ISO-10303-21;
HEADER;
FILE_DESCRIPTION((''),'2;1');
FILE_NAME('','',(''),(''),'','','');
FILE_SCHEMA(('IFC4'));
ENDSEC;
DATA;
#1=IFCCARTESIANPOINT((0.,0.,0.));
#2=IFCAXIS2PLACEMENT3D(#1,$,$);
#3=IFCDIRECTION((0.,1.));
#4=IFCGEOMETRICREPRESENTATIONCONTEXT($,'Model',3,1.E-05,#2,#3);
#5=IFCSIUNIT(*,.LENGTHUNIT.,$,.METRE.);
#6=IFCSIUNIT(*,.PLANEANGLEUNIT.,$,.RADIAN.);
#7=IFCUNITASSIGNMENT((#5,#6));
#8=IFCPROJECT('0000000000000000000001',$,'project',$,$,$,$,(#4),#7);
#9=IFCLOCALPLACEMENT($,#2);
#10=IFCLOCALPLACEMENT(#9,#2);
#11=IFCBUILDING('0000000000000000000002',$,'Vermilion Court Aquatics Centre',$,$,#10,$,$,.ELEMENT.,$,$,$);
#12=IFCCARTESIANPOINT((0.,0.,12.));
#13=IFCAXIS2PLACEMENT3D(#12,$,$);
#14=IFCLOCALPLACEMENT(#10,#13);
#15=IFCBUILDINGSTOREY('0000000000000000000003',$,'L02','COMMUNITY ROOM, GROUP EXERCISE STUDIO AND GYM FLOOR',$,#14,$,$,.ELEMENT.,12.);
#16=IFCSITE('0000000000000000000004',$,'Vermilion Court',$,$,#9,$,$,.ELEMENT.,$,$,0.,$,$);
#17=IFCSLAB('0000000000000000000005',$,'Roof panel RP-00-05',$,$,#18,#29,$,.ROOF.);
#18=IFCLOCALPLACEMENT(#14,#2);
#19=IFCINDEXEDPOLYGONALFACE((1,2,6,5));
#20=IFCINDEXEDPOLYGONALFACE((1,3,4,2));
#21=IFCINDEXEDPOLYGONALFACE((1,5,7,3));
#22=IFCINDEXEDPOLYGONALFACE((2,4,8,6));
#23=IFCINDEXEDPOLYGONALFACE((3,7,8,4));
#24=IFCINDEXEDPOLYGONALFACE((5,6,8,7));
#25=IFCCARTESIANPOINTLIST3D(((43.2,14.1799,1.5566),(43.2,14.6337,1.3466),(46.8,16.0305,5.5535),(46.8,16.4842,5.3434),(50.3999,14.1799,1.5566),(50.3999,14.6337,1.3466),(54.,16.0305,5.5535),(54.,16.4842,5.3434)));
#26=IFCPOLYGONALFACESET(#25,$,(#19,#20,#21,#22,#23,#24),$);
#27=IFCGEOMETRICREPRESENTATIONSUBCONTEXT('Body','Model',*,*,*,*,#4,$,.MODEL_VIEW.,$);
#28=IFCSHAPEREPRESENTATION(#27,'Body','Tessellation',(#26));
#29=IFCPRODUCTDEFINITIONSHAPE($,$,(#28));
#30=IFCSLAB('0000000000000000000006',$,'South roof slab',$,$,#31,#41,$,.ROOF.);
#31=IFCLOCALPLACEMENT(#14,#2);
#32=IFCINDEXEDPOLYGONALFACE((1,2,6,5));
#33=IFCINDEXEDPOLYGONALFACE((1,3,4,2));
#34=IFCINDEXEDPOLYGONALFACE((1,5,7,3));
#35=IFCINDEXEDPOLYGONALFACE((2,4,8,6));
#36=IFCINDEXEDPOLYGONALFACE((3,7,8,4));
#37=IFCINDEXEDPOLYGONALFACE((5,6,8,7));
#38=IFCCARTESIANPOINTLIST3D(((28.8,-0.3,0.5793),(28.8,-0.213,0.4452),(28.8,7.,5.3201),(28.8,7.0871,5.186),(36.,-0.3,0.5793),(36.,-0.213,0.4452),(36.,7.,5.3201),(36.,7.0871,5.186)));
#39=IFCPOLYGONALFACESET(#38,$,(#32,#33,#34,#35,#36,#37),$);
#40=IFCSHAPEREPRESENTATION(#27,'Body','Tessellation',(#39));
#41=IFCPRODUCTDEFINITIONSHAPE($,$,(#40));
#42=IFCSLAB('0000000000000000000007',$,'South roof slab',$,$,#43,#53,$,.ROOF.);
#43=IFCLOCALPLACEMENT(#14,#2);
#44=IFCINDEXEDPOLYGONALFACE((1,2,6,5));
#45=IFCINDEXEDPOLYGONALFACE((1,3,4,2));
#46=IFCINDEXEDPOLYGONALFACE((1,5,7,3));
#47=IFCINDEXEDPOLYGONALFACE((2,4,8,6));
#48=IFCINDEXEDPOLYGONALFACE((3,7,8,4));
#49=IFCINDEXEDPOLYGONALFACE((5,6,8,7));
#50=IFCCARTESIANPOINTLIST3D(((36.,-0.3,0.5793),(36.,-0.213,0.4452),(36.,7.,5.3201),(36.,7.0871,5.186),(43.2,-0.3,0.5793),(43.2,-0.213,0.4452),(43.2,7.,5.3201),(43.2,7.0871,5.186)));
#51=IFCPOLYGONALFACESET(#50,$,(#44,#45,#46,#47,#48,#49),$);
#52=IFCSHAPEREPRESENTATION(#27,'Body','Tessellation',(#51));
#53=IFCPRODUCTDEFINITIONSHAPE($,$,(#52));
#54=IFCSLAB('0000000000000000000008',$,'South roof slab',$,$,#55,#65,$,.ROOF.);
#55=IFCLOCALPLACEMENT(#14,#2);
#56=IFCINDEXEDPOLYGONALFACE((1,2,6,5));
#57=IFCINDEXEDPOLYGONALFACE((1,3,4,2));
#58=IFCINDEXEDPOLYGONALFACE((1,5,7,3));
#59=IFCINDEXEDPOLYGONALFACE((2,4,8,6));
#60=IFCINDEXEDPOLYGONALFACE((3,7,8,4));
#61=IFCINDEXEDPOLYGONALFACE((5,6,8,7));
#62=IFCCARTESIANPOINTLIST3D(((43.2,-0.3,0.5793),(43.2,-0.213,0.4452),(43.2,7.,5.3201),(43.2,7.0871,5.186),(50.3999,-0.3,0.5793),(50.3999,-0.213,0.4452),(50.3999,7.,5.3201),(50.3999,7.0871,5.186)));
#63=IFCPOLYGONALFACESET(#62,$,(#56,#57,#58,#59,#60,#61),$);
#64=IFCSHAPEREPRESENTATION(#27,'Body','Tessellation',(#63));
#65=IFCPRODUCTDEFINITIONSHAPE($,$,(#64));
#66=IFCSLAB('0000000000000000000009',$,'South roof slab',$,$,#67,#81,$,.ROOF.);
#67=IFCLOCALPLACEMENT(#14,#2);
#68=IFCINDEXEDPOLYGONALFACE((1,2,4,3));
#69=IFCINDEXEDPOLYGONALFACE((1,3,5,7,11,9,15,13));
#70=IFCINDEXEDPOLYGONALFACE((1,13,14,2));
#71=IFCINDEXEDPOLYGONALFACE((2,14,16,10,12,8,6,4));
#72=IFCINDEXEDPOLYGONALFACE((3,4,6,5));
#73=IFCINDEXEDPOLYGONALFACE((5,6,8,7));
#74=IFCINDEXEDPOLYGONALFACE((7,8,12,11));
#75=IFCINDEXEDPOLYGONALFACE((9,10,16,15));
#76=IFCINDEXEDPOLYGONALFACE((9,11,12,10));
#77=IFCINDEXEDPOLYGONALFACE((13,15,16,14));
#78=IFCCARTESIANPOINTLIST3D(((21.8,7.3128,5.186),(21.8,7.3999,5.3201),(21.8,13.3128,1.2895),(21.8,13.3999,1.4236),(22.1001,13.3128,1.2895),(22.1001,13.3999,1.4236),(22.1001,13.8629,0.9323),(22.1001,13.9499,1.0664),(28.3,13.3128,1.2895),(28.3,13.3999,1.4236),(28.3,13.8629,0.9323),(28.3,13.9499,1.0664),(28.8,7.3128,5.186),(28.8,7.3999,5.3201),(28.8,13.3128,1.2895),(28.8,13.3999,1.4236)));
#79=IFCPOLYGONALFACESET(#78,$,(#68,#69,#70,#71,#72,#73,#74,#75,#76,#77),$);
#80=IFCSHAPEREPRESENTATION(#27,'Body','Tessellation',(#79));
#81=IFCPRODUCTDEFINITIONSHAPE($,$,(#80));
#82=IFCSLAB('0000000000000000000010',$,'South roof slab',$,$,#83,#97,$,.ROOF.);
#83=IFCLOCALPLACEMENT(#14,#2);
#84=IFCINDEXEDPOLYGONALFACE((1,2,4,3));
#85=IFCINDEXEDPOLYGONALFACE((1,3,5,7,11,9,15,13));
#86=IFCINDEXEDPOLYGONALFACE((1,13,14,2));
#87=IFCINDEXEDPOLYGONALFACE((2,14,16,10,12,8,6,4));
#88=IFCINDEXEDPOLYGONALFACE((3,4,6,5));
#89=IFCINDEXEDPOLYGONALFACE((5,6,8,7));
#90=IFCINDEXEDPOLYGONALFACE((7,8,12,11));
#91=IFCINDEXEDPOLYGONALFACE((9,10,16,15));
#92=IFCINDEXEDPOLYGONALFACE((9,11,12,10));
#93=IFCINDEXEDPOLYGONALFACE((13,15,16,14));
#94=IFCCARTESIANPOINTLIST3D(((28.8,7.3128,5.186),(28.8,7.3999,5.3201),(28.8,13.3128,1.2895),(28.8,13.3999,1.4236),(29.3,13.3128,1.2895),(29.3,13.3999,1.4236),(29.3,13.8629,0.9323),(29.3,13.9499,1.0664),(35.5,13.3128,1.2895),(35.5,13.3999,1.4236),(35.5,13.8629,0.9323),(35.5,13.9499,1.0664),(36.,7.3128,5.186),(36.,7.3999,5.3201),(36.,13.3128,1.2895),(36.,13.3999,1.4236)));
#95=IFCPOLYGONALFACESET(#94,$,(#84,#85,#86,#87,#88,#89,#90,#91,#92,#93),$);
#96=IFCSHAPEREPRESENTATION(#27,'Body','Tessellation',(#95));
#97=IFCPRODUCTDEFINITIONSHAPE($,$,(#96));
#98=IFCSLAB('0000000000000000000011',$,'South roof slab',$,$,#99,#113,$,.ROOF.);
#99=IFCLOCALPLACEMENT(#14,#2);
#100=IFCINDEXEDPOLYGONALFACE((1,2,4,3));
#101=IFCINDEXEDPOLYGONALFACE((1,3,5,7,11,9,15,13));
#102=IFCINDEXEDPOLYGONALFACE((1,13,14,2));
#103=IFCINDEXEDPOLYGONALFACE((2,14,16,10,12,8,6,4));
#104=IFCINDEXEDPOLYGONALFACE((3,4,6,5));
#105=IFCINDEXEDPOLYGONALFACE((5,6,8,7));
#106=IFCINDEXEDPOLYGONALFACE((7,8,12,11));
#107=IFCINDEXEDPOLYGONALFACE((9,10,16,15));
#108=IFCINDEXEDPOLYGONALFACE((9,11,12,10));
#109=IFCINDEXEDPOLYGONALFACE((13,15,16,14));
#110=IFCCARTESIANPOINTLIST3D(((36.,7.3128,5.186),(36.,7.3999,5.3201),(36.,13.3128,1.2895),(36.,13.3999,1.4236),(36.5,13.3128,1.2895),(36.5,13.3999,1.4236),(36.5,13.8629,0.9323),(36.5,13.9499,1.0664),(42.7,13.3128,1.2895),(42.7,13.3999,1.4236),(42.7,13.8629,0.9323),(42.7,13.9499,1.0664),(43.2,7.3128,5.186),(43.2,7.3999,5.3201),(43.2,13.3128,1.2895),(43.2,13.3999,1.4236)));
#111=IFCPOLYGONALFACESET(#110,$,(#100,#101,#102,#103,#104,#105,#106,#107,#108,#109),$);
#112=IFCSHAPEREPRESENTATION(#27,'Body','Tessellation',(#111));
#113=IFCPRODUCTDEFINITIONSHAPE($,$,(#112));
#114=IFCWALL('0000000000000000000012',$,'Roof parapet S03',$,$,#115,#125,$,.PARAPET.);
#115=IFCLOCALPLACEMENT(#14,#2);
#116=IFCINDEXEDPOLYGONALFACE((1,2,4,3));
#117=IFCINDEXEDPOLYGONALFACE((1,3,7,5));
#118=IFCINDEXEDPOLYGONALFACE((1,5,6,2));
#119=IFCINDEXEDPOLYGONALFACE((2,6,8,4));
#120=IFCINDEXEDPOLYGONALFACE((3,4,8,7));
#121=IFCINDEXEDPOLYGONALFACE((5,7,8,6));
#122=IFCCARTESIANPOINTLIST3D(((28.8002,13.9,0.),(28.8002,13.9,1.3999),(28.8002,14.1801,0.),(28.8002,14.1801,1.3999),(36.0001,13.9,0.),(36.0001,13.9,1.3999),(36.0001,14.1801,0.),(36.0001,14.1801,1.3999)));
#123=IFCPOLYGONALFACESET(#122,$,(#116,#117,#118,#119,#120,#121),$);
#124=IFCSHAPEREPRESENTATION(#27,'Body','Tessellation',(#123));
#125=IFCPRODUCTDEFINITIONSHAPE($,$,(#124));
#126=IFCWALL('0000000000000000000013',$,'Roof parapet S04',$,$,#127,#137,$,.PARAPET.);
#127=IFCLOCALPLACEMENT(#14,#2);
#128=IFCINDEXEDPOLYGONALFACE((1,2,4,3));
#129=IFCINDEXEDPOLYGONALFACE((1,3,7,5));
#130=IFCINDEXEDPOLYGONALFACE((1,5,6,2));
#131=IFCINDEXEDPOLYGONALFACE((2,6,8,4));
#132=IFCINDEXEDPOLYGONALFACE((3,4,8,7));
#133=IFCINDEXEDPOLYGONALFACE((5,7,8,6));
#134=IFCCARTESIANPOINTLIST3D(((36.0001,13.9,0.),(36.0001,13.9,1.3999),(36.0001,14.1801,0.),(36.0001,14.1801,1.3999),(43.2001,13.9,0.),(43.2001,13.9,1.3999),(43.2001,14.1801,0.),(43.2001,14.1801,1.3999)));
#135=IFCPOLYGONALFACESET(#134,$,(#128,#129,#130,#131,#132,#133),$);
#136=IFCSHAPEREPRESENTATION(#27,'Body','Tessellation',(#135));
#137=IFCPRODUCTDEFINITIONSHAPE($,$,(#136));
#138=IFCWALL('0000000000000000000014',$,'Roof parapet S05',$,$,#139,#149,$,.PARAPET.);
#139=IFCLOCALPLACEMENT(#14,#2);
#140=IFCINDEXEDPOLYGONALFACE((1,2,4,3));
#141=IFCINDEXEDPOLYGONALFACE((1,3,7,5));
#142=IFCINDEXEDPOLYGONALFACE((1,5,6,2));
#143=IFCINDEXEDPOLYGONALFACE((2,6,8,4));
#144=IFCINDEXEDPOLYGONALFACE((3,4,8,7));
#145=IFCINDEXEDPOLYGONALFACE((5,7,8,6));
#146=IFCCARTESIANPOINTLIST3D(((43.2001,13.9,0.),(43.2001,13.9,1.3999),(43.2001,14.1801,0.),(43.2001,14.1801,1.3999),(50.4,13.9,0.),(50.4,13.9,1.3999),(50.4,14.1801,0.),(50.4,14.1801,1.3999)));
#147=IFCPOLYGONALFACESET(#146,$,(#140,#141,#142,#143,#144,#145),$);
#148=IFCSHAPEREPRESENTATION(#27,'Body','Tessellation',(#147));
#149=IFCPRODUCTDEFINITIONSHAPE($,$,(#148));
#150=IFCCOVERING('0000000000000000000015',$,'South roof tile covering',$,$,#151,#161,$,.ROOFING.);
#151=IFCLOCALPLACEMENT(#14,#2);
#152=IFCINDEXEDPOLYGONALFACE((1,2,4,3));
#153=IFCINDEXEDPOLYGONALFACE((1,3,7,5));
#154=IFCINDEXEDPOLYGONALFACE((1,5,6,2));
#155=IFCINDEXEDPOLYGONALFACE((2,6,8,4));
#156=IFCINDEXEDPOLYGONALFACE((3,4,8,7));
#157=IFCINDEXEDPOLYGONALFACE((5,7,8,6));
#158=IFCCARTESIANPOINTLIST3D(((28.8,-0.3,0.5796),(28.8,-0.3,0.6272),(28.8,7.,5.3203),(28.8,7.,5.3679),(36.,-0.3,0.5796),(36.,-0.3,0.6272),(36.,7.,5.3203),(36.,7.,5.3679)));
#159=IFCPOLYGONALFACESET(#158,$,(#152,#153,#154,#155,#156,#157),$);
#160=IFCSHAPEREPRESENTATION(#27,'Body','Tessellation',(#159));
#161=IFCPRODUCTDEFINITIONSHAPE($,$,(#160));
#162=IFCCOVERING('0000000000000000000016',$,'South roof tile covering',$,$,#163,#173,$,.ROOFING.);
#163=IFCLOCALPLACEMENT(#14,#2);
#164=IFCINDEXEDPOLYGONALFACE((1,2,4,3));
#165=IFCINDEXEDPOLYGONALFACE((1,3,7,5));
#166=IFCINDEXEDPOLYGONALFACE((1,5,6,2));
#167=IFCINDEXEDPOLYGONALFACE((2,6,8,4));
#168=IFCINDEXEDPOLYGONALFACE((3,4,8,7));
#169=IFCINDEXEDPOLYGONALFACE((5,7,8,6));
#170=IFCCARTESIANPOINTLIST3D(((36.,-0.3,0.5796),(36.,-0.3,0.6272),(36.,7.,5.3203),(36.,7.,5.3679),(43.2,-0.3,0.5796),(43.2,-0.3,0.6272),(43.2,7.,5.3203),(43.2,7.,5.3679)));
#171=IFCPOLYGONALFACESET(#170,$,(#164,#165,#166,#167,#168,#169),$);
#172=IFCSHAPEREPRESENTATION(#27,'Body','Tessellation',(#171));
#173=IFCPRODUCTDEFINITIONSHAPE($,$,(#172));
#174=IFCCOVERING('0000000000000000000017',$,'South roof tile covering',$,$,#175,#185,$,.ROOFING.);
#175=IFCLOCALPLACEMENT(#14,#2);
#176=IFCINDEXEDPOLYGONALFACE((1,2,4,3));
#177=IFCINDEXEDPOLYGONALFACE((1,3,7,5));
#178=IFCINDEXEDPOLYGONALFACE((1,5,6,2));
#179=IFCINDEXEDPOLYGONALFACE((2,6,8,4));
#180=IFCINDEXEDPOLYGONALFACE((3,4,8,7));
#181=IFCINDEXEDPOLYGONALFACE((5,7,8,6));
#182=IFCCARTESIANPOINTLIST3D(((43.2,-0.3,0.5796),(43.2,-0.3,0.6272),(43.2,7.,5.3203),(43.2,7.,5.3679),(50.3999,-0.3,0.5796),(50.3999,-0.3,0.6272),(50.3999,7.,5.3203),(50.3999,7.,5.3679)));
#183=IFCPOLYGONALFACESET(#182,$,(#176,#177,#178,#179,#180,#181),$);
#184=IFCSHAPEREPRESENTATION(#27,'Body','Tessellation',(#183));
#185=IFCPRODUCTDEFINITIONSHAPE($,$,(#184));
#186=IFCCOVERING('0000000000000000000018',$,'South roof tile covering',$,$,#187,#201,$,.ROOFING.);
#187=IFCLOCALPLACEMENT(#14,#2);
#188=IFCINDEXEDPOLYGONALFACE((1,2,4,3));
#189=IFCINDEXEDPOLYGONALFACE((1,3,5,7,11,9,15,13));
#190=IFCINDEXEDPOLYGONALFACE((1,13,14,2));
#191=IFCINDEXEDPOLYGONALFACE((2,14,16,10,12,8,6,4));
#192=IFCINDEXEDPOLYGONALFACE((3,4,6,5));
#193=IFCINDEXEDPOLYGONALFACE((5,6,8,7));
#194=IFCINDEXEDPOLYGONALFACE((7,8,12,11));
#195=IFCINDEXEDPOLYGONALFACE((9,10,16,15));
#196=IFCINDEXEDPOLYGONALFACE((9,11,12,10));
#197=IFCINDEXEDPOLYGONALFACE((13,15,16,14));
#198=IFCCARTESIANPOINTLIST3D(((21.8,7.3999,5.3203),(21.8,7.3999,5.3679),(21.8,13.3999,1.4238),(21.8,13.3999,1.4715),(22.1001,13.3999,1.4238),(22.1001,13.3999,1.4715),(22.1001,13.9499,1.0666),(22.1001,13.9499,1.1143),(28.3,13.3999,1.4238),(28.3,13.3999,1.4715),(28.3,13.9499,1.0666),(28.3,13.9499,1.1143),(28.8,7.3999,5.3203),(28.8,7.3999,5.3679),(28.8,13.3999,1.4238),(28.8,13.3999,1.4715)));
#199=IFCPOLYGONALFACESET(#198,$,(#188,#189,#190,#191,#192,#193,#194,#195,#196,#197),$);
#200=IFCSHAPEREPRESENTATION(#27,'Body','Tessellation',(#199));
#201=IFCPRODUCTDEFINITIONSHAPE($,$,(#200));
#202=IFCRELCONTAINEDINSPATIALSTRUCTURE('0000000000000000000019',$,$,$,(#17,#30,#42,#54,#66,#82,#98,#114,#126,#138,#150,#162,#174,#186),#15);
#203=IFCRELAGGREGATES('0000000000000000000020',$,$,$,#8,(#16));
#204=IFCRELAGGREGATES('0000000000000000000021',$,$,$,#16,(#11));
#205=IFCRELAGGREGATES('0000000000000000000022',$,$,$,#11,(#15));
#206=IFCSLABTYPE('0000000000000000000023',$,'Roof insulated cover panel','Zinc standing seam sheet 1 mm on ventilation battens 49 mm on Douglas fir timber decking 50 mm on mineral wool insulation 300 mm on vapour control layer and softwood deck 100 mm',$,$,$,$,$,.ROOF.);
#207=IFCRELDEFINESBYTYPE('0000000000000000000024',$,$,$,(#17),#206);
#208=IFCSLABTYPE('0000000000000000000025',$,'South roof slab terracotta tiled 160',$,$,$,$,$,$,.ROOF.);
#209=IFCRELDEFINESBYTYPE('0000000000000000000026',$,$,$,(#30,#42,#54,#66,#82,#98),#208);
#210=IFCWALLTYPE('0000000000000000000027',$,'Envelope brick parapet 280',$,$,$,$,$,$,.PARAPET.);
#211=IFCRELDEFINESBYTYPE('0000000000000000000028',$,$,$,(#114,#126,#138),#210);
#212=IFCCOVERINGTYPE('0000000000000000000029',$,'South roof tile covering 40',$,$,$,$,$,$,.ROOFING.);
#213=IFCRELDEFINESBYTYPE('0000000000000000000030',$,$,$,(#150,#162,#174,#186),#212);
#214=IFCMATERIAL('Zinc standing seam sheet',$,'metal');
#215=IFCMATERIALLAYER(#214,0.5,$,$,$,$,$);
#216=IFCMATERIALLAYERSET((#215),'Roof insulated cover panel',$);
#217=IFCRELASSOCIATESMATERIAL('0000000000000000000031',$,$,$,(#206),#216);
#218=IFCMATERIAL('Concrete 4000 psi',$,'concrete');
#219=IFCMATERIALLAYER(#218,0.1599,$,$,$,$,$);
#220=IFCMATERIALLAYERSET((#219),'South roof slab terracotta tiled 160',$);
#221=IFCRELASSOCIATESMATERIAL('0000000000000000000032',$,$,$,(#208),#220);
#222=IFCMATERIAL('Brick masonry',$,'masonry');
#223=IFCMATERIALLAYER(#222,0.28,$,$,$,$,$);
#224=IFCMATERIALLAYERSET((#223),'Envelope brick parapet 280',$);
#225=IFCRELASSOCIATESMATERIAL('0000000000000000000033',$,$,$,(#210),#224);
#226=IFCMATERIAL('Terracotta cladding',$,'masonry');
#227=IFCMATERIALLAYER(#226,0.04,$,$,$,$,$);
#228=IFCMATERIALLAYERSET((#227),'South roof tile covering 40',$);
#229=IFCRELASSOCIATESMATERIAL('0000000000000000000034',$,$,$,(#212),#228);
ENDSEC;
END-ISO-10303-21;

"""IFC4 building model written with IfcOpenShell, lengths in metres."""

from ifc_helpers import new_model, si_unit, direction, frame, frame_2d, origin, place, context, subcontext, project, spatial, polyline, rectangle, outline, extrude, material, layer, layer_set, type_object, element, save


model = new_model("IFC4")

# Units and contexts
model_context = context("Model", 3, precision=1e-05, world=origin(), true_north=direction((0.0, 1.0)))
body_context = subcontext(model_context, "Body", "Model", "MODEL_VIEW")
ifc_project = project(units=[si_unit("LENGTHUNIT", "METRE"), si_unit("PLANEANGLEUNIT", "RADIAN")], contexts=[model_context])

# Site, building, storey
site_placement = place(None, origin())
site = spatial("IfcSite", under=ifc_project, at=site_placement, Name="Vermilion Court", CompositionType="ELEMENT", RefElevation=0.0)
building_placement = place(site_placement, origin())
building = spatial("IfcBuilding", under=site, at=building_placement, Name="Vermilion Court Aquatics Centre", CompositionType="ELEMENT")
storey_placement = place(building_placement, frame((0.0, 0.0, 12.0)))
storey = spatial("IfcBuildingStorey", under=building, at=storey_placement, Name="L02", Description="COMMUNITY ROOM, GROUP EXERCISE STUDIO AND GYM FLOOR", CompositionType="ELEMENT", Elevation=12.0)

# Slabs
ifc_material_1 = material(Name="Zinc standing seam sheet", Category="metal")
ifc_layer_1 = layer(ifc_material_1, 0.5)
ifc_layer_set_1 = layer_set([ifc_layer_1], Name="Roof insulated cover panel")
slab_type_1 = type_object("IfcSlabType", Name="Roof insulated cover panel", Description="Zinc standing seam sheet 1 mm on ventilation battens 49 mm on Douglas fir timber decking 50 mm on mineral wool insulation 300 mm on vapour control layer and softwood deck 100 mm", PredefinedType="ROOF", material=ifc_layer_set_1)
for number, where, z_axis, x_axis, name in (
    (1, (43.2, 14.1799, 1.5566), (0.0, -0.907449, 0.420162), (1.0, 0.0, 0.0), "Roof panel RP-00-05"),
):
    element("IfcSlab", number, at=place(storey_placement, frame(where, z_axis=z_axis, x_axis=x_axis)), inside=storey, type_object=slab_type_1, Name=name, PredefinedType="ROOF", context=body_context, shape_type="SweptSolid", body=[
        extrude(outline(polyline([(0.0, 0.0), (7.2, 0.0), (10.8, 4.4045), (3.6001, 4.4045), (0.0, 0.0)])), origin(), (0.0, 0.0, -1.0), 0.5),
    ])
ifc_material_2 = material(Name="Concrete 4000 psi", Category="concrete")
ifc_layer_2 = layer(ifc_material_2, 0.1599)
ifc_layer_set_2 = layer_set([ifc_layer_2], Name="South roof slab terracotta tiled 160")
slab_type_2 = type_object("IfcSlabType", Name="South roof slab terracotta tiled 160", PredefinedType="ROOF", material=ifc_layer_set_2)
for number, where, z_axis, x_axis, name in (
    (2, (28.8, -0.3, 0.5793), (0.0, -0.54464, 0.83867), (0.0, 0.83867, 0.54464), "South roof slab"),
    (3, (36.0, -0.3, 0.5793), (0.0, -0.54464, 0.83867), (0.0, 0.83867, 0.54464), "South roof slab"),
    (4, (43.2, -0.3, 0.5793), (0.0, -0.54464, 0.83867), (0.0, 0.83867, 0.54464), "South roof slab"),
):
    element("IfcSlab", number, at=place(storey_placement, frame(where, z_axis=z_axis, x_axis=x_axis)), inside=storey, type_object=slab_type_2, Name=name, PredefinedType="ROOF", context=body_context, shape_type="SweptSolid", body=[
        extrude(outline(polyline([(0.0, 0.0), (8.7043, 0.0), (8.7043, -7.2), (0.0, -7.2), (0.0, 0.0)])), origin(), (0.0, 0.0, -1.0), 0.1599),
    ])
slab_1_placement = place(storey_placement, frame((28.8, 7.3999, 5.3201), z_axis=(0.0, 0.54464, 0.83867), x_axis=(-1.0, 0.0, 0.0)))
element("IfcSlab", 5, at=slab_1_placement, inside=storey, type_object=slab_type_2, Name="South roof slab", PredefinedType="ROOF", context=body_context, shape_type="SweptSolid", body=[
    extrude(outline(polyline([(0.0, 0.0), (7.0, 0.0), (7.0, -7.1542), (6.7, -7.1542), (6.7, -7.81), (0.5, -7.81), (0.5, -7.1542), (0.0, -7.1542), (0.0, 0.0)])), origin(), (0.0, 0.0, -1.0), 0.1599),
])
for number, where, z_axis, x_axis, name in (
    (6, (36.0, 7.3999, 5.3201), (0.0, 0.54464, 0.83867), (-1.0, 0.0, 0.0), "South roof slab"),
    (7, (43.2, 7.3999, 5.3201), (0.0, 0.54464, 0.83867), (-1.0, 0.0, 0.0), "South roof slab"),
):
    element("IfcSlab", number, at=place(storey_placement, frame(where, z_axis=z_axis, x_axis=x_axis)), inside=storey, type_object=slab_type_2, Name=name, PredefinedType="ROOF", context=body_context, shape_type="SweptSolid", body=[
        extrude(outline(polyline([(0.0, 0.0), (7.2, 0.0), (7.2, -7.1542), (6.7, -7.1542), (6.7, -7.81), (0.5, -7.81), (0.5, -7.1542), (0.0, -7.1542), (0.0, 0.0)])), origin(), (0.0, 0.0, -1.0), 0.1599),
    ])

# Walls
ifc_material_3 = material(Name="Brick masonry", Category="masonry")
ifc_layer_3 = layer(ifc_material_3, 0.28)
ifc_layer_set_3 = layer_set([ifc_layer_3], Name="Envelope brick parapet 280")
wall_type = type_object("IfcWallType", Name="Envelope brick parapet 280", PredefinedType="PARAPET", material=ifc_layer_set_3)
for number, where, z_axis, x_axis, name in (
    (8, (28.8, 14.04, 0.0), (0.0, 0.0, 1.0), (1.0, 0.0, 0.0), "Roof parapet S03"),
    (9, (36.0, 14.04, 0.0), (0.0, 0.0, 1.0), (1.0, 0.0, 0.0), "Roof parapet S04"),
    (10, (43.2, 14.04, 0.0), (0.0, 0.0, 1.0), (1.0, 0.0, 0.0), "Roof parapet S05"),
):
    element("IfcWall", number, at=place(storey_placement, frame(where, z_axis=z_axis, x_axis=x_axis)), inside=storey, type_object=wall_type, Name=name, PredefinedType="PARAPET", context=body_context, shape_type="SweptSolid", body=[
        extrude(rectangle(XDim=7.2, YDim=0.28, at=frame_2d((3.6001, 0.0))), origin(), (0.0, 0.0, 1.0), 1.3999),
    ])

# Coverings
ifc_material_4 = material(Name="Terracotta cladding", Category="masonry")
ifc_layer_4 = layer(ifc_material_4, 0.04)
ifc_layer_set_4 = layer_set([ifc_layer_4], Name="South roof tile covering 40")
covering_type = type_object("IfcCoveringType", Name="South roof tile covering 40", PredefinedType="ROOFING", material=ifc_layer_set_4)
for number, where, z_axis, x_axis, name in (
    (11, (28.8, -0.3, 0.6272), (0.0, -0.54464, 0.83867), (0.0, 0.83867, 0.54464), "South roof tile covering"),
    (12, (36.0, -0.3, 0.6272), (0.0, -0.54464, 0.83867), (0.0, 0.83867, 0.54464), "South roof tile covering"),
    (13, (43.2, -0.3, 0.6272), (0.0, -0.54464, 0.83867), (0.0, 0.83867, 0.54464), "South roof tile covering"),
):
    element("IfcCovering", number, at=place(storey_placement, frame(where, z_axis=z_axis, x_axis=x_axis)), inside=storey, type_object=covering_type, Name=name, PredefinedType="ROOFING", context=body_context, shape_type="SweptSolid", body=[
        extrude(outline(polyline([(0.0, 0.0), (8.7043, 0.0), (8.7043, -7.2), (0.0, -7.2), (0.0, 0.0)])), origin(), (-0.54464, 0.0, -0.83867), 0.0476),
    ])
covering_placement = place(storey_placement, frame((28.8, 7.3999, 5.3679), z_axis=(0.0, 0.54464, 0.83867), x_axis=(-1.0, 0.0, 0.0)))
element("IfcCovering", 14, at=covering_placement, inside=storey, type_object=covering_type, Name="South roof tile covering", PredefinedType="ROOFING", context=body_context, shape_type="SweptSolid", body=[
    extrude(outline(polyline([(0.0, 0.0), (7.0, 0.0), (7.0, -7.1542), (6.7, -7.1542), (6.7, -7.81), (0.5, -7.81), (0.5, -7.1542), (0.0, -7.1542), (0.0, 0.0)])), origin(), (0.0, -0.54464, -0.83867), 0.0476),
])

save(model, "model.ifc")
